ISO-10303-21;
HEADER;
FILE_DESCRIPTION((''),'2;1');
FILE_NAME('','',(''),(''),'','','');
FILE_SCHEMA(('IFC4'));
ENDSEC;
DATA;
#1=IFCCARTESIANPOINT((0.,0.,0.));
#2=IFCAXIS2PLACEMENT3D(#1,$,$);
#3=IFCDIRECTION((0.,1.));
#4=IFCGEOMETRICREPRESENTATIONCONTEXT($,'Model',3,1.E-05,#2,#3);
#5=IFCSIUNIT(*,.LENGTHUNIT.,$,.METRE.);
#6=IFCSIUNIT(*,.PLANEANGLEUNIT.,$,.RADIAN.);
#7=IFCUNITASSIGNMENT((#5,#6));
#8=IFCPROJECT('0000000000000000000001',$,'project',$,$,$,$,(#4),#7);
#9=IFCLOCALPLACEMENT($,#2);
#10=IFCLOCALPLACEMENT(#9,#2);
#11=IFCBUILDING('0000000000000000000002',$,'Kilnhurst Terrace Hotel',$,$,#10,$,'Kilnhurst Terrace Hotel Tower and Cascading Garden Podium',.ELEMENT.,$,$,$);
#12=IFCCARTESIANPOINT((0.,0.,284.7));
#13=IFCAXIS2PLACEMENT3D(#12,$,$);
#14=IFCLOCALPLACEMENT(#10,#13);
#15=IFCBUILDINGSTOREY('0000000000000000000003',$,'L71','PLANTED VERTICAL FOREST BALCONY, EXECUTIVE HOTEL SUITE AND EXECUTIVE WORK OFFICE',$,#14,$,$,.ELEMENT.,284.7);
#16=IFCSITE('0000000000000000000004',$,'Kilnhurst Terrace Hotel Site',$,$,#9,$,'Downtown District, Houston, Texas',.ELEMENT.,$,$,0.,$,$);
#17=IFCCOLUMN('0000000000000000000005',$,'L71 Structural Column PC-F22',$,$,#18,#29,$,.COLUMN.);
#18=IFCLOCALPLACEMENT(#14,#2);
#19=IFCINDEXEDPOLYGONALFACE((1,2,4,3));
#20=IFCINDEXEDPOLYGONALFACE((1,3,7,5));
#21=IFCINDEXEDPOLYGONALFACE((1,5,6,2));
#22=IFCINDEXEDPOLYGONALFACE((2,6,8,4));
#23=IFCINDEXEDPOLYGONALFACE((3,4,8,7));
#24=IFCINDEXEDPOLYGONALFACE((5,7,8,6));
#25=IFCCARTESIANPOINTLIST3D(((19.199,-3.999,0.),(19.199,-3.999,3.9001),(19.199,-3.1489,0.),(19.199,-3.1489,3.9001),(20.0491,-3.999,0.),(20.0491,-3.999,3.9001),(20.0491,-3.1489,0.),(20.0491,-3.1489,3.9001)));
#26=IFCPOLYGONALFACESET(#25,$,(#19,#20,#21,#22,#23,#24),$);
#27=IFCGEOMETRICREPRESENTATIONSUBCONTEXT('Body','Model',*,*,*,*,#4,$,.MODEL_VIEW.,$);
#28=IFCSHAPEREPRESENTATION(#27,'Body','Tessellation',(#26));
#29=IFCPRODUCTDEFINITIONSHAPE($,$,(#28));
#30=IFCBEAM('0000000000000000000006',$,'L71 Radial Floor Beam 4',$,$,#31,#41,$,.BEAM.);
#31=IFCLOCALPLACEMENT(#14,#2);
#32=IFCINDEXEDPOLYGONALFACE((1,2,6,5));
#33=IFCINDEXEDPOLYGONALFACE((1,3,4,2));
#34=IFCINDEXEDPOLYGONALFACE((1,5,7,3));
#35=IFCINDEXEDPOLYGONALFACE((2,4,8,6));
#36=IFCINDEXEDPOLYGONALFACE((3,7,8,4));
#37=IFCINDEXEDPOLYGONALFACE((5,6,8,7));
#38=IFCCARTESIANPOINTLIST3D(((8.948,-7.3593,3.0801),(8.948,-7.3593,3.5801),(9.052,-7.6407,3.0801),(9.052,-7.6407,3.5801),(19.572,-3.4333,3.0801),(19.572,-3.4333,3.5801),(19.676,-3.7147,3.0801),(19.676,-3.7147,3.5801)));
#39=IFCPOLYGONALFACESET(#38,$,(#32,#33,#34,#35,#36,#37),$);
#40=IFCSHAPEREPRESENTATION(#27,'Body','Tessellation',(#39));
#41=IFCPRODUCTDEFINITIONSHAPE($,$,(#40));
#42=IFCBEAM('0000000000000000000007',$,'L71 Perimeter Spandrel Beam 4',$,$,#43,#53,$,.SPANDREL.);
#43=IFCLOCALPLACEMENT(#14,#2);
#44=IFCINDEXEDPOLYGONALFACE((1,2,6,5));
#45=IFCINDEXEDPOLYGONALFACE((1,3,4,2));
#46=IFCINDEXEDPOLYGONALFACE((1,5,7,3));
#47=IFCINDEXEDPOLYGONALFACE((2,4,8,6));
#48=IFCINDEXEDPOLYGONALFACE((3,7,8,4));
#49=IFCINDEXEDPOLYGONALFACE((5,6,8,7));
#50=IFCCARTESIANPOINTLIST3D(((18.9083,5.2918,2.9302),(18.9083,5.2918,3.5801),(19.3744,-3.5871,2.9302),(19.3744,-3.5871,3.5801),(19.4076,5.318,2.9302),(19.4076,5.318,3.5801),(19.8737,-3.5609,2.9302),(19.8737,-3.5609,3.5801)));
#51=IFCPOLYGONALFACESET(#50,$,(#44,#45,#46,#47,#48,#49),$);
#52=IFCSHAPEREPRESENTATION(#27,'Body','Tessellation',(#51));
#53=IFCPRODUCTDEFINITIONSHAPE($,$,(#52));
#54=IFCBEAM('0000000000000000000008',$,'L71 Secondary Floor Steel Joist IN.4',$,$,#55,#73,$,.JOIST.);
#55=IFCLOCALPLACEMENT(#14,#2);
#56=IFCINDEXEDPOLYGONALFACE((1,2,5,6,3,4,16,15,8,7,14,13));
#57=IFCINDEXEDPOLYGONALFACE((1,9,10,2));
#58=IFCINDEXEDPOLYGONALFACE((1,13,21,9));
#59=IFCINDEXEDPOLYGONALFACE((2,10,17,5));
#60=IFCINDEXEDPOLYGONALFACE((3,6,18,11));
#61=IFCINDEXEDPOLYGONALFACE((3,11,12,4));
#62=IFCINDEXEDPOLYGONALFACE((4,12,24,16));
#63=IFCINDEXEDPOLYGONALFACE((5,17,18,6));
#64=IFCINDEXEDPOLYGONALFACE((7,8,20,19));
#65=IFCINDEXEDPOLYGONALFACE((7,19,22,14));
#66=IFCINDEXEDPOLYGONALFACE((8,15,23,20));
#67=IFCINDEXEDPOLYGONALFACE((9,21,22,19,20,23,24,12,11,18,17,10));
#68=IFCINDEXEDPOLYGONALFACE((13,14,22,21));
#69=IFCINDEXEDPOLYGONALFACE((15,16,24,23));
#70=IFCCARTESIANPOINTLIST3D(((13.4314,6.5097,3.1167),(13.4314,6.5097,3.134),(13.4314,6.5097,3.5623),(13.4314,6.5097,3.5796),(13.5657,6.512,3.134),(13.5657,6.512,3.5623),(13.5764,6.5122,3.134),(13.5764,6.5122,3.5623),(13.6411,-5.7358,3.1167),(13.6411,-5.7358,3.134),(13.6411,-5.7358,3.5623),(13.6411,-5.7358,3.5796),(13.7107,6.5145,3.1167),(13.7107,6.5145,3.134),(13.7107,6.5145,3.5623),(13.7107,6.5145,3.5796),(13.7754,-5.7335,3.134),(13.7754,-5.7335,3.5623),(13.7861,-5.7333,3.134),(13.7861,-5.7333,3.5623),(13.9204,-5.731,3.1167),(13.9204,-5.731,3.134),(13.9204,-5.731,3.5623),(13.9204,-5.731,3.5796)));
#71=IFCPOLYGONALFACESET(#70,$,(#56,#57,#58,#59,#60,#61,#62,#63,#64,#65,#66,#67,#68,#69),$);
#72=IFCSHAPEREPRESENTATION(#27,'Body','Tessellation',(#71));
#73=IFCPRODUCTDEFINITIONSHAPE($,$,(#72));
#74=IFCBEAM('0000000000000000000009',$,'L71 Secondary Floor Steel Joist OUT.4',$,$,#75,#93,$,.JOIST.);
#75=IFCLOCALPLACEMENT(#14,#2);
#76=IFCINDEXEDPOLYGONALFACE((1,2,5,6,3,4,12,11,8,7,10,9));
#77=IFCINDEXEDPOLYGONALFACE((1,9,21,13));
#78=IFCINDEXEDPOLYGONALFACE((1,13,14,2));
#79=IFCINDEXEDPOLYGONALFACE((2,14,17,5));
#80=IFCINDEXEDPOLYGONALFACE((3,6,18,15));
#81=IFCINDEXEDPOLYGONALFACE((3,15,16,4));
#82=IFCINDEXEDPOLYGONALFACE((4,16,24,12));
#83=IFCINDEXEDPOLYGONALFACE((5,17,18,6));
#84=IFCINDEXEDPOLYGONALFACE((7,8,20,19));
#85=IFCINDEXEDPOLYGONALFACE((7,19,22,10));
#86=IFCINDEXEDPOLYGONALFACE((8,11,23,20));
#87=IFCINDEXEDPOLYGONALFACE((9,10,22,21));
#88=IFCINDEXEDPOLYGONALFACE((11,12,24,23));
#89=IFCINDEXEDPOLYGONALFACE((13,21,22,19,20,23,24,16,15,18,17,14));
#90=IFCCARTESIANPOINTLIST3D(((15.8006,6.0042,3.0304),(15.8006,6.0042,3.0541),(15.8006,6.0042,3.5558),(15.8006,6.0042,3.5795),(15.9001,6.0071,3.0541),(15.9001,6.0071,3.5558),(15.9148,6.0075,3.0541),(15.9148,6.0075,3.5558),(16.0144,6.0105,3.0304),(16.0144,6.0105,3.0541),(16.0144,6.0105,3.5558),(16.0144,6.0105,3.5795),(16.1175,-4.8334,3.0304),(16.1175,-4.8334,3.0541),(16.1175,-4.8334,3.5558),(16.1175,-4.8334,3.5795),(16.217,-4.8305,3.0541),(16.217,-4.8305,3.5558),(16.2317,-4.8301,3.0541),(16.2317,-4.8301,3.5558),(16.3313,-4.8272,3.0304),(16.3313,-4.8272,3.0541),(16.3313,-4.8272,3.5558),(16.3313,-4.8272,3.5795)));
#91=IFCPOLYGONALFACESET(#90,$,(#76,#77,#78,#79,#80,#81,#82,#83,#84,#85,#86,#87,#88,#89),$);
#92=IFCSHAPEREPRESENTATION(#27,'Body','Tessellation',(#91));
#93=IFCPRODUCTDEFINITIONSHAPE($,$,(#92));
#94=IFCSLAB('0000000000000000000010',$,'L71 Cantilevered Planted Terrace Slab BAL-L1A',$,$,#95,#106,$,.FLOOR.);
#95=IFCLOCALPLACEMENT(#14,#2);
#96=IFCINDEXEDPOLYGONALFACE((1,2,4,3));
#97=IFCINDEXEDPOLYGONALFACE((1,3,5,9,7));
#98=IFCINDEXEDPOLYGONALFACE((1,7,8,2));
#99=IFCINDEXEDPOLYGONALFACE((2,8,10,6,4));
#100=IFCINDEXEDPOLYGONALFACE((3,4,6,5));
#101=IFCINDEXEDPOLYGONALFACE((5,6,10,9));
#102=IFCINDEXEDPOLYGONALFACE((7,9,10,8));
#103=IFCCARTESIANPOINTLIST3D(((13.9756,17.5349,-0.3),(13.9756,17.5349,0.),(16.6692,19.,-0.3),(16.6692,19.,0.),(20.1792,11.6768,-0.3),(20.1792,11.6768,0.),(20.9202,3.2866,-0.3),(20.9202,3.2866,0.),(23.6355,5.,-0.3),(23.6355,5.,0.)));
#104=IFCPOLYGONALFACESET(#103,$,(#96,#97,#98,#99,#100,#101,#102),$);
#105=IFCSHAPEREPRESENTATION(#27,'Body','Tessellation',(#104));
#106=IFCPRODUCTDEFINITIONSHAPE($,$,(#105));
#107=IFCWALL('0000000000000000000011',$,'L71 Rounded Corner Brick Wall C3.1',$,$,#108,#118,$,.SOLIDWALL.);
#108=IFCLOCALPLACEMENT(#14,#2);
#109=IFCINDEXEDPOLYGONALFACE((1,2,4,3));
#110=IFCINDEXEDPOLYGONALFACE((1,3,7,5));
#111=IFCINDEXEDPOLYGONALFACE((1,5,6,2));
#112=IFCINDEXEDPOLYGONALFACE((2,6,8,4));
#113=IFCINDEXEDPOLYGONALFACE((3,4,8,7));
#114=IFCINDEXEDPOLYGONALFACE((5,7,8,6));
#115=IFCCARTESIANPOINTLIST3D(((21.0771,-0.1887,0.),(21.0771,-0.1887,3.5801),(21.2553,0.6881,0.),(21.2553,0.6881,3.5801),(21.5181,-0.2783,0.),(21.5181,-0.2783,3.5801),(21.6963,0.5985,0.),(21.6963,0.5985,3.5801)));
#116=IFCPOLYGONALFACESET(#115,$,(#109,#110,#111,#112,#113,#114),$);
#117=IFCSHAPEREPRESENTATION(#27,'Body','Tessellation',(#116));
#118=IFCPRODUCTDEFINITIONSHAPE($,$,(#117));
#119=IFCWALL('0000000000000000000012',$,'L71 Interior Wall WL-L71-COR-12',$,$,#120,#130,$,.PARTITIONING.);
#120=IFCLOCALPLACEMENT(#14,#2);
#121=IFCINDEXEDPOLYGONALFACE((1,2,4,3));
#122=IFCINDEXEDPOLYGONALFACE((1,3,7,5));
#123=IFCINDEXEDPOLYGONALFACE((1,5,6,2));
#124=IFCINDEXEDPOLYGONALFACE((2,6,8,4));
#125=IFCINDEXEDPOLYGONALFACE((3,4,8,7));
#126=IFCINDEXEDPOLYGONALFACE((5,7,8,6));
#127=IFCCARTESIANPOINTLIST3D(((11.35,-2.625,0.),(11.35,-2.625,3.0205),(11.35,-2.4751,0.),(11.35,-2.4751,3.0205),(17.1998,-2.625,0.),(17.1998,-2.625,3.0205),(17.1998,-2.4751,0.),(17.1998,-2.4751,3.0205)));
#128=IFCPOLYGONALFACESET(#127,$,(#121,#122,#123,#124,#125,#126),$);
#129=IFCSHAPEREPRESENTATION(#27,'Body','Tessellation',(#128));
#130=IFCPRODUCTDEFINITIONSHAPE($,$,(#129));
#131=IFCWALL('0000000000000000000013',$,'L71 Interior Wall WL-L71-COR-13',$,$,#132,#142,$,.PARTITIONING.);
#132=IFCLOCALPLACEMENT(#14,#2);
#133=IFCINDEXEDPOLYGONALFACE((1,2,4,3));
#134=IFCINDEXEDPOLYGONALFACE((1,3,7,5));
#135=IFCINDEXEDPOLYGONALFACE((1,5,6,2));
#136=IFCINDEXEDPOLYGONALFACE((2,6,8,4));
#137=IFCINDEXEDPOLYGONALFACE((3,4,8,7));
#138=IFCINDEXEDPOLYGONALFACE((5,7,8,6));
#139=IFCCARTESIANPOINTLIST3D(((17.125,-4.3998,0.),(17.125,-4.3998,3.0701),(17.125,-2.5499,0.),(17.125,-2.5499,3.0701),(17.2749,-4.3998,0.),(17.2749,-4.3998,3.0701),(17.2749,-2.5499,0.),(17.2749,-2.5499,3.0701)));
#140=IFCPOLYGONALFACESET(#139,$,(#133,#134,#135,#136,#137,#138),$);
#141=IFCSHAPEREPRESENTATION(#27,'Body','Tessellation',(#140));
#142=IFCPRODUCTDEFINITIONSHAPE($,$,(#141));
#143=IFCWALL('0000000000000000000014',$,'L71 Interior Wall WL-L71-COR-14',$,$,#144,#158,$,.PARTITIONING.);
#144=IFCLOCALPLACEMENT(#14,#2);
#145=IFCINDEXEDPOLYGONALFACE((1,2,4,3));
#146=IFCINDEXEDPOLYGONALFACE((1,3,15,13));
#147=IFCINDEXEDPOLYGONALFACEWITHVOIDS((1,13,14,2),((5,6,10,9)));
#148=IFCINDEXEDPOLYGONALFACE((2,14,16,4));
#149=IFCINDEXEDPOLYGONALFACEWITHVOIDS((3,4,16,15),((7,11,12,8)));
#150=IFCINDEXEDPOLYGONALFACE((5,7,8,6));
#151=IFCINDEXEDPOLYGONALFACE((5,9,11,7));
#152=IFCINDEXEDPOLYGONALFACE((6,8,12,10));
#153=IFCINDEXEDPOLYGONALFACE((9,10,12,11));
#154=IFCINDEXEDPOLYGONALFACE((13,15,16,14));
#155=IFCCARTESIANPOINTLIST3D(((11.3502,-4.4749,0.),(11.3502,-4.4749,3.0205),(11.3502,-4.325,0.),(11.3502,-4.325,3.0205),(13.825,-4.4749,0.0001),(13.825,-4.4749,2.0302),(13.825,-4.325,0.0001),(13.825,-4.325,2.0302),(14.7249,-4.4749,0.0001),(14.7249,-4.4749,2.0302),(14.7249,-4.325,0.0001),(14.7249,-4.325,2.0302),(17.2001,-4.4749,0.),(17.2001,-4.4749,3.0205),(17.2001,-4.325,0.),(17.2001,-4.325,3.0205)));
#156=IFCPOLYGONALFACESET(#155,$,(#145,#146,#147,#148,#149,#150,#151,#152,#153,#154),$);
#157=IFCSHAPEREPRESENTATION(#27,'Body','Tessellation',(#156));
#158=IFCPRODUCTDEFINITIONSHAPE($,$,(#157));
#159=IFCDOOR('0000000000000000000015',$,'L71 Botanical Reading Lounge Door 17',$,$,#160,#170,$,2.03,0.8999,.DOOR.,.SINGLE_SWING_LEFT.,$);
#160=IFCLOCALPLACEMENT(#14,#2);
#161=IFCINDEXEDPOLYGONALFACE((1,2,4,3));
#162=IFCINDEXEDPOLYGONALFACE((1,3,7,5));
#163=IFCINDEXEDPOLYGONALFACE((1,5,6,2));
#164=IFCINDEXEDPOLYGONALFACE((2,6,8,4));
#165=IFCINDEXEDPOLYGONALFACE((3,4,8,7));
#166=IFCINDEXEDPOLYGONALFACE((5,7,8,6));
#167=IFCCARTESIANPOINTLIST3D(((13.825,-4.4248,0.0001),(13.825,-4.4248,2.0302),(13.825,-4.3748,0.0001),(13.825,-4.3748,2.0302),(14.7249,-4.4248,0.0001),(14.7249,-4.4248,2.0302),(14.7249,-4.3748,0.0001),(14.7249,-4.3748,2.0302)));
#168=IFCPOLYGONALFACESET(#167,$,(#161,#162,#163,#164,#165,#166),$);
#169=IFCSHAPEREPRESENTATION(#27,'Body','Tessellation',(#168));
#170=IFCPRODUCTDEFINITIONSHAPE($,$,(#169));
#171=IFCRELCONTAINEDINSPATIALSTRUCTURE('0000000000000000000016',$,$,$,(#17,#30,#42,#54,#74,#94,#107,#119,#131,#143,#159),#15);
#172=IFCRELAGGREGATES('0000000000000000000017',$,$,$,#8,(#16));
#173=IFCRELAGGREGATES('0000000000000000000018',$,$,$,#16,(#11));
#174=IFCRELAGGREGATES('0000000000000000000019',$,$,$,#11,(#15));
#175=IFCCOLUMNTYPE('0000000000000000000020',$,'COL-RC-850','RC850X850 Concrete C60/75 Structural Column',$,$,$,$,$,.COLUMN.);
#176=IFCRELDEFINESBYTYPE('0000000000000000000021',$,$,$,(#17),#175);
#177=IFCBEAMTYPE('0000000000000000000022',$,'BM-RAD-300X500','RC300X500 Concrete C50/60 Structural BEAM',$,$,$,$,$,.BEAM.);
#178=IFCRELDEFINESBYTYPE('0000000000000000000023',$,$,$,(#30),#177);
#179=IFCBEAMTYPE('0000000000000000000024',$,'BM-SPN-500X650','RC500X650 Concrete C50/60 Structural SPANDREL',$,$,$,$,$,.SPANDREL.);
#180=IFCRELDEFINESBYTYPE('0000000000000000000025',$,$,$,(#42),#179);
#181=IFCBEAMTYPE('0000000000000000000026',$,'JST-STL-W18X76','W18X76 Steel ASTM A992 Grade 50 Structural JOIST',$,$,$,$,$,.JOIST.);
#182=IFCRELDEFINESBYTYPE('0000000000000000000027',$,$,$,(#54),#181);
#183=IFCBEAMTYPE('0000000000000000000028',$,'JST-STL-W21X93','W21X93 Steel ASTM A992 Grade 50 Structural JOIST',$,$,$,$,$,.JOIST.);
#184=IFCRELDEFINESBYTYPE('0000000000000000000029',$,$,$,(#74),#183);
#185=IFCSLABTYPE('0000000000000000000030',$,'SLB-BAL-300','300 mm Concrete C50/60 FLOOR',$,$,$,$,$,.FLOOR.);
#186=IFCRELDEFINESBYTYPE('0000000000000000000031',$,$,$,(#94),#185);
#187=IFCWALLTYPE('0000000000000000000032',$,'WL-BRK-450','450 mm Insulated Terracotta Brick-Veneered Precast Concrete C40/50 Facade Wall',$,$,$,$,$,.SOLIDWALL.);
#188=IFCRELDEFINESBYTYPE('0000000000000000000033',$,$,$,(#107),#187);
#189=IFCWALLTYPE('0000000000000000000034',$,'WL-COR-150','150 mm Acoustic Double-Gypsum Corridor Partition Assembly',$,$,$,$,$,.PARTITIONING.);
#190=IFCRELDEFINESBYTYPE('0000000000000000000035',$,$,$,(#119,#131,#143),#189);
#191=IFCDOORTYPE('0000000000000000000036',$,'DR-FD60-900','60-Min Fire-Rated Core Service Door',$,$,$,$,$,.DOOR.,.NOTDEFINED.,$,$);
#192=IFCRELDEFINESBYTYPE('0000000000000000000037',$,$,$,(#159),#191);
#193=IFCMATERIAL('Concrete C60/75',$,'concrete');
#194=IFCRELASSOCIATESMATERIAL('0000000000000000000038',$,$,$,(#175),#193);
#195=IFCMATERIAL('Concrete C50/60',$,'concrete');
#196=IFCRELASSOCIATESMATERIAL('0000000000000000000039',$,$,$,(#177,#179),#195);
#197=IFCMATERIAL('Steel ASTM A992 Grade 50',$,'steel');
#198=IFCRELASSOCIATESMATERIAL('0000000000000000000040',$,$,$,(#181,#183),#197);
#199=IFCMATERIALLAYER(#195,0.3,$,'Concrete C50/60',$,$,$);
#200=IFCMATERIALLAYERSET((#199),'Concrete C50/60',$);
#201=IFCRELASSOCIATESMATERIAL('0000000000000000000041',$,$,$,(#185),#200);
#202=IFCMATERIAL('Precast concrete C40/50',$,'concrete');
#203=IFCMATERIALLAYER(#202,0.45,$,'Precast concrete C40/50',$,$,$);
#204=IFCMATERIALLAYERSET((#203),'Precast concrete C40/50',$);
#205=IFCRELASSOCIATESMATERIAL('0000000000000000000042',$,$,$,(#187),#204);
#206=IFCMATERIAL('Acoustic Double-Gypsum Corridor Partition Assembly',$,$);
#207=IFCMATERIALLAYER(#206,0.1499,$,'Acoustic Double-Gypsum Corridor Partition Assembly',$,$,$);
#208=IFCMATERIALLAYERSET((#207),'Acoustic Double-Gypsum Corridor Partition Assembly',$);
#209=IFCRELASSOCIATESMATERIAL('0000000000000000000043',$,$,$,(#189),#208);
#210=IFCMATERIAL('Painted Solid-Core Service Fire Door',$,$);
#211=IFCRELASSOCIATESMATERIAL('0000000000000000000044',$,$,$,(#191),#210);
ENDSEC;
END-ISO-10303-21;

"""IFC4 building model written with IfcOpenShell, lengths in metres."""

from ifc_helpers import new_model, si_unit, direction, frame, frame_2d, origin, origin_2d, place, context, subcontext, project, spatial, polyline, rectangle, i_section, outline, extrude, material, layer, layer_set, material_profile, profile_set, type_object, element, fill, save


model = new_model("IFC4")

# Units and contexts
model_context = context("Model", 3, precision=1e-05, world=origin(), true_north=direction((0.0, 1.0)))
body_context = subcontext(model_context, "Body", "Model", "MODEL_VIEW")
ifc_project = project(units=[si_unit("LENGTHUNIT", "METRE"), si_unit("PLANEANGLEUNIT", "RADIAN")], contexts=[model_context])

# Site, building, storey
site_placement = place(None, origin())
site = spatial("IfcSite", under=ifc_project, at=site_placement, Name="Kilnhurst Terrace Hotel Site", LongName="Downtown District, Houston, Texas", CompositionType="ELEMENT", RefElevation=0.0)
building_placement = place(site_placement, origin())
building = spatial("IfcBuilding", under=site, at=building_placement, Name="Kilnhurst Terrace Hotel", LongName="Kilnhurst Terrace Hotel Tower and Cascading Garden Podium", CompositionType="ELEMENT")
storey_placement = place(building_placement, frame((0.0, 0.0, 284.7)))
storey = spatial("IfcBuildingStorey", under=building, at=storey_placement, Name="L71", Description="PLANTED VERTICAL FOREST BALCONY, EXECUTIVE HOTEL SUITE AND EXECUTIVE WORK OFFICE", CompositionType="ELEMENT", Elevation=284.7)

# Column
ifc_material_1 = material(Name="Concrete C60/75", Category="concrete")
ifc_material_profile_1 = material_profile(ifc_material_1, rectangle(XDim=0.8501, YDim=0.8501, at=origin_2d()), Name="RC850X850")
ifc_profile_set_1 = profile_set([ifc_material_profile_1], Name="Concrete C60/75")
column_type = type_object("IfcColumnType", Name="COL-RC-850", Description="RC850X850 Concrete C60/75 Structural Column", PredefinedType="COLUMN", material=ifc_profile_set_1)
column_placement = place(storey_placement, frame((19.624, -3.574, 0.0), z_axis=(0.0, 0.0, 1.0), x_axis=(1.0, 0.0, 0.0)))
element("IfcColumn", 1, at=column_placement, inside=storey, type_object=column_type, Name="L71 Structural Column PC-F22", PredefinedType="COLUMN", context=body_context, shape_type="SweptSolid", body=[
    extrude(rectangle(XDim=0.8501, YDim=0.8501, at=origin_2d()), origin(), (0.0, 0.0, 1.0), 3.9001),
])

# Beams
ifc_material_2 = material(Name="Concrete C50/60", Category="concrete")
ifc_material_profile_2 = material_profile(ifc_material_2, rectangle(XDim=0.3, YDim=0.5, at=origin_2d()), Name="RC300X500")
ifc_profile_set_2 = profile_set([ifc_material_profile_2], Name="Concrete C50/60")
beam_type_1 = type_object("IfcBeamType", Name="BM-RAD-300X500", Description="RC300X500 Concrete C50/60 Structural BEAM", PredefinedType="BEAM", material=ifc_profile_set_2)
beam_1_placement = place(storey_placement, frame((9.0, -7.5, 3.3301), z_axis=(0.938002, 0.346631, 0.0), x_axis=(-0.346631, 0.938002, 0.0)))
element("IfcBeam", 2, at=beam_1_placement, inside=storey, type_object=beam_type_1, Name="L71 Radial Floor Beam 4", PredefinedType="BEAM", context=body_context, shape_type="SweptSolid", body=[
    extrude(rectangle(XDim=0.3, YDim=0.5, at=origin_2d()), origin(), (0.0, 0.0, 1.0), 11.3262),
])
ifc_material_profile_3 = material_profile(ifc_material_2, rectangle(XDim=0.5, YDim=0.6499, at=origin_2d()), Name="RC500X650")
ifc_profile_set_3 = profile_set([ifc_material_profile_3], Name="Concrete C50/60")
beam_type_2 = type_object("IfcBeamType", Name="BM-SPN-500X650", Description="RC500X650 Concrete C50/60 Structural SPANDREL", PredefinedType="SPANDREL", material=ifc_profile_set_3)
beam_2_placement = place(storey_placement, frame((19.624, -3.574, 3.2551), z_axis=(-0.052419, 0.998625, 0.0), x_axis=(-0.998625, -0.052419, 0.0)))
element("IfcBeam", 3, at=beam_2_placement, inside=storey, type_object=beam_type_2, Name="L71 Perimeter Spandrel Beam 4", PredefinedType="SPANDREL", context=body_context, shape_type="SweptSolid", body=[
    extrude(rectangle(XDim=0.5, YDim=0.6499, at=origin_2d()), origin(), (0.0, 0.0, 1.0), 8.8911),
])
ifc_material_3 = material(Name="Steel ASTM A992 Grade 50", Category="steel")
ifc_material_profile_4 = material_profile(ifc_material_3, i_section(OverallWidth=0.2793, OverallDepth=0.4629, WebThickness=0.0107, FlangeThickness=0.0173, at=origin_2d()), Name="W18X76")
ifc_profile_set_4 = profile_set([ifc_material_profile_4], Name="Steel ASTM A992 Grade 50")
beam_type_3 = type_object("IfcBeamType", Name="JST-STL-W18X76", Description="W18X76 Steel ASTM A992 Grade 50 Structural JOIST", PredefinedType="JOIST", material=ifc_profile_set_4)
beam_3_placement = place(storey_placement, frame((13.7808, -5.7334, 3.3481), z_axis=(-0.017123, 0.999853, 0.0), x_axis=(-0.999853, -0.017123, 0.0)))
element("IfcBeam", 4, at=beam_3_placement, inside=storey, type_object=beam_type_3, Name="L71 Secondary Floor Steel Joist IN.4", PredefinedType="JOIST", context=body_context, shape_type="SweptSolid", body=[
    extrude(i_section(OverallWidth=0.2793, OverallDepth=0.4629, WebThickness=0.0107, FlangeThickness=0.0173, at=origin_2d()), origin(), (0.0, 0.0, 1.0), 12.2473),
])
ifc_material_profile_5 = material_profile(ifc_material_3, i_section(OverallWidth=0.2139, OverallDepth=0.5491, WebThickness=0.0146, FlangeThickness=0.0237, at=origin_2d()), Name="W21X93")
ifc_profile_set_5 = profile_set([ifc_material_profile_5], Name="Steel ASTM A992 Grade 50")
beam_type_4 = type_object("IfcBeamType", Name="JST-STL-W21X93", Description="W21X93 Steel ASTM A992 Grade 50 Structural JOIST", PredefinedType="JOIST", material=ifc_profile_set_5)
beam_4_placement = place(storey_placement, frame((16.2244, -4.8303, 3.3049), z_axis=(-0.029228, 0.999573, 0.0), x_axis=(-0.999573, -0.029228, 0.0)))
element("IfcBeam", 5, at=beam_4_placement, inside=storey, type_object=beam_type_4, Name="L71 Secondary Floor Steel Joist OUT.4", PredefinedType="JOIST", context=body_context, shape_type="SweptSolid", body=[
    extrude(i_section(OverallWidth=0.2139, OverallDepth=0.5491, WebThickness=0.0146, FlangeThickness=0.0237, at=origin_2d()), origin(), (0.0, 0.0, 1.0), 10.8423),
])

# Slab
ifc_layer_1 = layer(ifc_material_2, 0.3, Name="Concrete C50/60")
ifc_layer_set_1 = layer_set([ifc_layer_1], Name="Concrete C50/60")
slab_type = type_object("IfcSlabType", Name="SLB-BAL-300", Description="300 mm Concrete C50/60 FLOOR", PredefinedType="FLOOR", material=ifc_layer_set_1)
slab_placement = place(storey_placement, frame((0.0, 0.0, -0.3)))
element("IfcSlab", 6, at=slab_placement, inside=storey, type_object=slab_type, Name="L71 Cantilevered Planted Terrace Slab BAL-L1A", PredefinedType="FLOOR", context=body_context, shape_type="SweptSolid", body=[
    extrude(outline(polyline([(20.1792, 11.6768), (23.6355, 5.0), (20.9202, 3.2866), (13.9756, 17.5349), (16.6692, 19.0), (20.1792, 11.6768)])), origin(), (0.0, 0.0, 1.0), 0.3),
])

# Walls
ifc_material_4 = material(Name="Precast concrete C40/50", Category="concrete")
ifc_layer_2 = layer(ifc_material_4, 0.45, Name="Precast concrete C40/50")
ifc_layer_set_2 = layer_set([ifc_layer_2], Name="Precast concrete C40/50")
wall_type_1 = type_object("IfcWallType", Name="WL-BRK-450", Description="450 mm Insulated Terracotta Brick-Veneered Precast Concrete C40/50 Facade Wall", PredefinedType="SOLIDWALL", material=ifc_layer_set_2)
wall_1_placement = place(storey_placement, frame((21.2976, -0.2334, 0.0), z_axis=(0.0, 0.0, 1.0), x_axis=(0.199158, 0.979967, 0.0)))
element("IfcWall", 7, at=wall_1_placement, inside=storey, type_object=wall_type_1, Name="L71 Rounded Corner Brick Wall C3.1", PredefinedType="SOLIDWALL", context=body_context, shape_type="SweptSolid", body=[
    extrude(rectangle(XDim=0.8948, YDim=0.45, at=frame_2d((0.4473, 0.0))), origin(), (0.0, 0.0, 1.0), 3.5801),
])
ifc_material_5 = material(Name="Acoustic Double-Gypsum Corridor Partition Assembly")
ifc_layer_3 = layer(ifc_material_5, 0.1499, Name="Acoustic Double-Gypsum Corridor Partition Assembly")
ifc_layer_set_3 = layer_set([ifc_layer_3], Name="Acoustic Double-Gypsum Corridor Partition Assembly")
wall_type_2 = type_object("IfcWallType", Name="WL-COR-150", Description="150 mm Acoustic Double-Gypsum Corridor Partition Assembly", PredefinedType="PARTITIONING", material=ifc_layer_set_3)
wall_2_placement = place(storey_placement, frame((11.3501, -2.55, 0.0), z_axis=(0.0, 0.0, 1.0), x_axis=(1.0, 0.0, 0.0)))
element("IfcWall", 8, at=wall_2_placement, inside=storey, type_object=wall_type_2, Name="L71 Interior Wall WL-L71-COR-12", PredefinedType="PARTITIONING", context=body_context, shape_type="SweptSolid", body=[
    extrude(rectangle(XDim=5.8499, YDim=0.1499, at=frame_2d((2.9248, 0.0))), origin(), (0.0, 0.0, 1.0), 3.0205),
])
wall_3_placement = place(storey_placement, frame((17.2, -2.55, 0.0), z_axis=(0.0, 0.0, 1.0), x_axis=(0.0, -1.0, 0.0)))
element("IfcWall", 9, at=wall_3_placement, inside=storey, type_object=wall_type_2, Name="L71 Interior Wall WL-L71-COR-13", PredefinedType="PARTITIONING", context=body_context, shape_type="SweptSolid", body=[
    extrude(rectangle(XDim=1.8499, YDim=0.1499, at=frame_2d((0.9248, 0.0))), origin(), (0.0, 0.0, 1.0), 3.0701),
])

# Wall, opening, door
wall_4_placement = place(storey_placement, frame((17.2, -4.3999, 0.0), z_axis=(0.0, 0.0, 1.0), x_axis=(-1.0, 0.0, 0.0)))
wall_4 = element("IfcWall", 10, at=wall_4_placement, inside=storey, type_object=wall_type_2, Name="L71 Interior Wall WL-L71-COR-14", PredefinedType="PARTITIONING", context=body_context, shape_type="SweptSolid", body=[
    extrude(rectangle(XDim=5.8499, YDim=0.1499, at=frame_2d((2.9248, 0.0))), origin(), (0.0, 0.0, 1.0), 3.0205),
])
opening_1_placement = place(wall_4_placement, frame((2.4751, 0.0, 0.0)))
opening_1 = element("IfcOpeningElement", 11, at=opening_1_placement, cuts=wall_4, PredefinedType="OPENING", context=body_context, shape_type="SweptSolid", body=[
    extrude(rectangle(XDim=0.8999, YDim=2.03, at=frame_2d((0.45, 1.0151))), frame((0.0, 0.085, 0.0), z_axis=(0.0, -1.0, 0.0), x_axis=(1.0, 0.0, 0.0)), (0.0, 0.0, 1.0), 0.1699),
])
ifc_material_6 = material(Name="Painted Solid-Core Service Fire Door")
door_type_1 = type_object("IfcDoorType", Name="DR-FD60-900", Description="60-Min Fire-Rated Core Service Door", OperationType="NOTDEFINED", PredefinedType="DOOR", material=ifc_material_6)
door_1_placement = place(opening_1_placement, origin())
door_1 = element("IfcDoor", 12, at=door_1_placement, inside=storey, type_object=door_type_1, Name="L71 Botanical Reading Lounge Door 17", OperationType="SINGLE_SWING_LEFT", OverallHeight=2.03, OverallWidth=0.8999, PredefinedType="DOOR", context=body_context, shape_type="SweptSolid", body=[
    extrude(rectangle(XDim=0.8999, YDim=2.03, at=frame_2d((0.45, 1.0151))), frame((0.0, 0.0249, 0.0), z_axis=(0.0, -1.0, 0.0), x_axis=(1.0, 0.0, 0.0)), (0.0, 0.0, 1.0), 0.05),
])
fill(opening_1, door_1)

save(model, "model.ifc")
